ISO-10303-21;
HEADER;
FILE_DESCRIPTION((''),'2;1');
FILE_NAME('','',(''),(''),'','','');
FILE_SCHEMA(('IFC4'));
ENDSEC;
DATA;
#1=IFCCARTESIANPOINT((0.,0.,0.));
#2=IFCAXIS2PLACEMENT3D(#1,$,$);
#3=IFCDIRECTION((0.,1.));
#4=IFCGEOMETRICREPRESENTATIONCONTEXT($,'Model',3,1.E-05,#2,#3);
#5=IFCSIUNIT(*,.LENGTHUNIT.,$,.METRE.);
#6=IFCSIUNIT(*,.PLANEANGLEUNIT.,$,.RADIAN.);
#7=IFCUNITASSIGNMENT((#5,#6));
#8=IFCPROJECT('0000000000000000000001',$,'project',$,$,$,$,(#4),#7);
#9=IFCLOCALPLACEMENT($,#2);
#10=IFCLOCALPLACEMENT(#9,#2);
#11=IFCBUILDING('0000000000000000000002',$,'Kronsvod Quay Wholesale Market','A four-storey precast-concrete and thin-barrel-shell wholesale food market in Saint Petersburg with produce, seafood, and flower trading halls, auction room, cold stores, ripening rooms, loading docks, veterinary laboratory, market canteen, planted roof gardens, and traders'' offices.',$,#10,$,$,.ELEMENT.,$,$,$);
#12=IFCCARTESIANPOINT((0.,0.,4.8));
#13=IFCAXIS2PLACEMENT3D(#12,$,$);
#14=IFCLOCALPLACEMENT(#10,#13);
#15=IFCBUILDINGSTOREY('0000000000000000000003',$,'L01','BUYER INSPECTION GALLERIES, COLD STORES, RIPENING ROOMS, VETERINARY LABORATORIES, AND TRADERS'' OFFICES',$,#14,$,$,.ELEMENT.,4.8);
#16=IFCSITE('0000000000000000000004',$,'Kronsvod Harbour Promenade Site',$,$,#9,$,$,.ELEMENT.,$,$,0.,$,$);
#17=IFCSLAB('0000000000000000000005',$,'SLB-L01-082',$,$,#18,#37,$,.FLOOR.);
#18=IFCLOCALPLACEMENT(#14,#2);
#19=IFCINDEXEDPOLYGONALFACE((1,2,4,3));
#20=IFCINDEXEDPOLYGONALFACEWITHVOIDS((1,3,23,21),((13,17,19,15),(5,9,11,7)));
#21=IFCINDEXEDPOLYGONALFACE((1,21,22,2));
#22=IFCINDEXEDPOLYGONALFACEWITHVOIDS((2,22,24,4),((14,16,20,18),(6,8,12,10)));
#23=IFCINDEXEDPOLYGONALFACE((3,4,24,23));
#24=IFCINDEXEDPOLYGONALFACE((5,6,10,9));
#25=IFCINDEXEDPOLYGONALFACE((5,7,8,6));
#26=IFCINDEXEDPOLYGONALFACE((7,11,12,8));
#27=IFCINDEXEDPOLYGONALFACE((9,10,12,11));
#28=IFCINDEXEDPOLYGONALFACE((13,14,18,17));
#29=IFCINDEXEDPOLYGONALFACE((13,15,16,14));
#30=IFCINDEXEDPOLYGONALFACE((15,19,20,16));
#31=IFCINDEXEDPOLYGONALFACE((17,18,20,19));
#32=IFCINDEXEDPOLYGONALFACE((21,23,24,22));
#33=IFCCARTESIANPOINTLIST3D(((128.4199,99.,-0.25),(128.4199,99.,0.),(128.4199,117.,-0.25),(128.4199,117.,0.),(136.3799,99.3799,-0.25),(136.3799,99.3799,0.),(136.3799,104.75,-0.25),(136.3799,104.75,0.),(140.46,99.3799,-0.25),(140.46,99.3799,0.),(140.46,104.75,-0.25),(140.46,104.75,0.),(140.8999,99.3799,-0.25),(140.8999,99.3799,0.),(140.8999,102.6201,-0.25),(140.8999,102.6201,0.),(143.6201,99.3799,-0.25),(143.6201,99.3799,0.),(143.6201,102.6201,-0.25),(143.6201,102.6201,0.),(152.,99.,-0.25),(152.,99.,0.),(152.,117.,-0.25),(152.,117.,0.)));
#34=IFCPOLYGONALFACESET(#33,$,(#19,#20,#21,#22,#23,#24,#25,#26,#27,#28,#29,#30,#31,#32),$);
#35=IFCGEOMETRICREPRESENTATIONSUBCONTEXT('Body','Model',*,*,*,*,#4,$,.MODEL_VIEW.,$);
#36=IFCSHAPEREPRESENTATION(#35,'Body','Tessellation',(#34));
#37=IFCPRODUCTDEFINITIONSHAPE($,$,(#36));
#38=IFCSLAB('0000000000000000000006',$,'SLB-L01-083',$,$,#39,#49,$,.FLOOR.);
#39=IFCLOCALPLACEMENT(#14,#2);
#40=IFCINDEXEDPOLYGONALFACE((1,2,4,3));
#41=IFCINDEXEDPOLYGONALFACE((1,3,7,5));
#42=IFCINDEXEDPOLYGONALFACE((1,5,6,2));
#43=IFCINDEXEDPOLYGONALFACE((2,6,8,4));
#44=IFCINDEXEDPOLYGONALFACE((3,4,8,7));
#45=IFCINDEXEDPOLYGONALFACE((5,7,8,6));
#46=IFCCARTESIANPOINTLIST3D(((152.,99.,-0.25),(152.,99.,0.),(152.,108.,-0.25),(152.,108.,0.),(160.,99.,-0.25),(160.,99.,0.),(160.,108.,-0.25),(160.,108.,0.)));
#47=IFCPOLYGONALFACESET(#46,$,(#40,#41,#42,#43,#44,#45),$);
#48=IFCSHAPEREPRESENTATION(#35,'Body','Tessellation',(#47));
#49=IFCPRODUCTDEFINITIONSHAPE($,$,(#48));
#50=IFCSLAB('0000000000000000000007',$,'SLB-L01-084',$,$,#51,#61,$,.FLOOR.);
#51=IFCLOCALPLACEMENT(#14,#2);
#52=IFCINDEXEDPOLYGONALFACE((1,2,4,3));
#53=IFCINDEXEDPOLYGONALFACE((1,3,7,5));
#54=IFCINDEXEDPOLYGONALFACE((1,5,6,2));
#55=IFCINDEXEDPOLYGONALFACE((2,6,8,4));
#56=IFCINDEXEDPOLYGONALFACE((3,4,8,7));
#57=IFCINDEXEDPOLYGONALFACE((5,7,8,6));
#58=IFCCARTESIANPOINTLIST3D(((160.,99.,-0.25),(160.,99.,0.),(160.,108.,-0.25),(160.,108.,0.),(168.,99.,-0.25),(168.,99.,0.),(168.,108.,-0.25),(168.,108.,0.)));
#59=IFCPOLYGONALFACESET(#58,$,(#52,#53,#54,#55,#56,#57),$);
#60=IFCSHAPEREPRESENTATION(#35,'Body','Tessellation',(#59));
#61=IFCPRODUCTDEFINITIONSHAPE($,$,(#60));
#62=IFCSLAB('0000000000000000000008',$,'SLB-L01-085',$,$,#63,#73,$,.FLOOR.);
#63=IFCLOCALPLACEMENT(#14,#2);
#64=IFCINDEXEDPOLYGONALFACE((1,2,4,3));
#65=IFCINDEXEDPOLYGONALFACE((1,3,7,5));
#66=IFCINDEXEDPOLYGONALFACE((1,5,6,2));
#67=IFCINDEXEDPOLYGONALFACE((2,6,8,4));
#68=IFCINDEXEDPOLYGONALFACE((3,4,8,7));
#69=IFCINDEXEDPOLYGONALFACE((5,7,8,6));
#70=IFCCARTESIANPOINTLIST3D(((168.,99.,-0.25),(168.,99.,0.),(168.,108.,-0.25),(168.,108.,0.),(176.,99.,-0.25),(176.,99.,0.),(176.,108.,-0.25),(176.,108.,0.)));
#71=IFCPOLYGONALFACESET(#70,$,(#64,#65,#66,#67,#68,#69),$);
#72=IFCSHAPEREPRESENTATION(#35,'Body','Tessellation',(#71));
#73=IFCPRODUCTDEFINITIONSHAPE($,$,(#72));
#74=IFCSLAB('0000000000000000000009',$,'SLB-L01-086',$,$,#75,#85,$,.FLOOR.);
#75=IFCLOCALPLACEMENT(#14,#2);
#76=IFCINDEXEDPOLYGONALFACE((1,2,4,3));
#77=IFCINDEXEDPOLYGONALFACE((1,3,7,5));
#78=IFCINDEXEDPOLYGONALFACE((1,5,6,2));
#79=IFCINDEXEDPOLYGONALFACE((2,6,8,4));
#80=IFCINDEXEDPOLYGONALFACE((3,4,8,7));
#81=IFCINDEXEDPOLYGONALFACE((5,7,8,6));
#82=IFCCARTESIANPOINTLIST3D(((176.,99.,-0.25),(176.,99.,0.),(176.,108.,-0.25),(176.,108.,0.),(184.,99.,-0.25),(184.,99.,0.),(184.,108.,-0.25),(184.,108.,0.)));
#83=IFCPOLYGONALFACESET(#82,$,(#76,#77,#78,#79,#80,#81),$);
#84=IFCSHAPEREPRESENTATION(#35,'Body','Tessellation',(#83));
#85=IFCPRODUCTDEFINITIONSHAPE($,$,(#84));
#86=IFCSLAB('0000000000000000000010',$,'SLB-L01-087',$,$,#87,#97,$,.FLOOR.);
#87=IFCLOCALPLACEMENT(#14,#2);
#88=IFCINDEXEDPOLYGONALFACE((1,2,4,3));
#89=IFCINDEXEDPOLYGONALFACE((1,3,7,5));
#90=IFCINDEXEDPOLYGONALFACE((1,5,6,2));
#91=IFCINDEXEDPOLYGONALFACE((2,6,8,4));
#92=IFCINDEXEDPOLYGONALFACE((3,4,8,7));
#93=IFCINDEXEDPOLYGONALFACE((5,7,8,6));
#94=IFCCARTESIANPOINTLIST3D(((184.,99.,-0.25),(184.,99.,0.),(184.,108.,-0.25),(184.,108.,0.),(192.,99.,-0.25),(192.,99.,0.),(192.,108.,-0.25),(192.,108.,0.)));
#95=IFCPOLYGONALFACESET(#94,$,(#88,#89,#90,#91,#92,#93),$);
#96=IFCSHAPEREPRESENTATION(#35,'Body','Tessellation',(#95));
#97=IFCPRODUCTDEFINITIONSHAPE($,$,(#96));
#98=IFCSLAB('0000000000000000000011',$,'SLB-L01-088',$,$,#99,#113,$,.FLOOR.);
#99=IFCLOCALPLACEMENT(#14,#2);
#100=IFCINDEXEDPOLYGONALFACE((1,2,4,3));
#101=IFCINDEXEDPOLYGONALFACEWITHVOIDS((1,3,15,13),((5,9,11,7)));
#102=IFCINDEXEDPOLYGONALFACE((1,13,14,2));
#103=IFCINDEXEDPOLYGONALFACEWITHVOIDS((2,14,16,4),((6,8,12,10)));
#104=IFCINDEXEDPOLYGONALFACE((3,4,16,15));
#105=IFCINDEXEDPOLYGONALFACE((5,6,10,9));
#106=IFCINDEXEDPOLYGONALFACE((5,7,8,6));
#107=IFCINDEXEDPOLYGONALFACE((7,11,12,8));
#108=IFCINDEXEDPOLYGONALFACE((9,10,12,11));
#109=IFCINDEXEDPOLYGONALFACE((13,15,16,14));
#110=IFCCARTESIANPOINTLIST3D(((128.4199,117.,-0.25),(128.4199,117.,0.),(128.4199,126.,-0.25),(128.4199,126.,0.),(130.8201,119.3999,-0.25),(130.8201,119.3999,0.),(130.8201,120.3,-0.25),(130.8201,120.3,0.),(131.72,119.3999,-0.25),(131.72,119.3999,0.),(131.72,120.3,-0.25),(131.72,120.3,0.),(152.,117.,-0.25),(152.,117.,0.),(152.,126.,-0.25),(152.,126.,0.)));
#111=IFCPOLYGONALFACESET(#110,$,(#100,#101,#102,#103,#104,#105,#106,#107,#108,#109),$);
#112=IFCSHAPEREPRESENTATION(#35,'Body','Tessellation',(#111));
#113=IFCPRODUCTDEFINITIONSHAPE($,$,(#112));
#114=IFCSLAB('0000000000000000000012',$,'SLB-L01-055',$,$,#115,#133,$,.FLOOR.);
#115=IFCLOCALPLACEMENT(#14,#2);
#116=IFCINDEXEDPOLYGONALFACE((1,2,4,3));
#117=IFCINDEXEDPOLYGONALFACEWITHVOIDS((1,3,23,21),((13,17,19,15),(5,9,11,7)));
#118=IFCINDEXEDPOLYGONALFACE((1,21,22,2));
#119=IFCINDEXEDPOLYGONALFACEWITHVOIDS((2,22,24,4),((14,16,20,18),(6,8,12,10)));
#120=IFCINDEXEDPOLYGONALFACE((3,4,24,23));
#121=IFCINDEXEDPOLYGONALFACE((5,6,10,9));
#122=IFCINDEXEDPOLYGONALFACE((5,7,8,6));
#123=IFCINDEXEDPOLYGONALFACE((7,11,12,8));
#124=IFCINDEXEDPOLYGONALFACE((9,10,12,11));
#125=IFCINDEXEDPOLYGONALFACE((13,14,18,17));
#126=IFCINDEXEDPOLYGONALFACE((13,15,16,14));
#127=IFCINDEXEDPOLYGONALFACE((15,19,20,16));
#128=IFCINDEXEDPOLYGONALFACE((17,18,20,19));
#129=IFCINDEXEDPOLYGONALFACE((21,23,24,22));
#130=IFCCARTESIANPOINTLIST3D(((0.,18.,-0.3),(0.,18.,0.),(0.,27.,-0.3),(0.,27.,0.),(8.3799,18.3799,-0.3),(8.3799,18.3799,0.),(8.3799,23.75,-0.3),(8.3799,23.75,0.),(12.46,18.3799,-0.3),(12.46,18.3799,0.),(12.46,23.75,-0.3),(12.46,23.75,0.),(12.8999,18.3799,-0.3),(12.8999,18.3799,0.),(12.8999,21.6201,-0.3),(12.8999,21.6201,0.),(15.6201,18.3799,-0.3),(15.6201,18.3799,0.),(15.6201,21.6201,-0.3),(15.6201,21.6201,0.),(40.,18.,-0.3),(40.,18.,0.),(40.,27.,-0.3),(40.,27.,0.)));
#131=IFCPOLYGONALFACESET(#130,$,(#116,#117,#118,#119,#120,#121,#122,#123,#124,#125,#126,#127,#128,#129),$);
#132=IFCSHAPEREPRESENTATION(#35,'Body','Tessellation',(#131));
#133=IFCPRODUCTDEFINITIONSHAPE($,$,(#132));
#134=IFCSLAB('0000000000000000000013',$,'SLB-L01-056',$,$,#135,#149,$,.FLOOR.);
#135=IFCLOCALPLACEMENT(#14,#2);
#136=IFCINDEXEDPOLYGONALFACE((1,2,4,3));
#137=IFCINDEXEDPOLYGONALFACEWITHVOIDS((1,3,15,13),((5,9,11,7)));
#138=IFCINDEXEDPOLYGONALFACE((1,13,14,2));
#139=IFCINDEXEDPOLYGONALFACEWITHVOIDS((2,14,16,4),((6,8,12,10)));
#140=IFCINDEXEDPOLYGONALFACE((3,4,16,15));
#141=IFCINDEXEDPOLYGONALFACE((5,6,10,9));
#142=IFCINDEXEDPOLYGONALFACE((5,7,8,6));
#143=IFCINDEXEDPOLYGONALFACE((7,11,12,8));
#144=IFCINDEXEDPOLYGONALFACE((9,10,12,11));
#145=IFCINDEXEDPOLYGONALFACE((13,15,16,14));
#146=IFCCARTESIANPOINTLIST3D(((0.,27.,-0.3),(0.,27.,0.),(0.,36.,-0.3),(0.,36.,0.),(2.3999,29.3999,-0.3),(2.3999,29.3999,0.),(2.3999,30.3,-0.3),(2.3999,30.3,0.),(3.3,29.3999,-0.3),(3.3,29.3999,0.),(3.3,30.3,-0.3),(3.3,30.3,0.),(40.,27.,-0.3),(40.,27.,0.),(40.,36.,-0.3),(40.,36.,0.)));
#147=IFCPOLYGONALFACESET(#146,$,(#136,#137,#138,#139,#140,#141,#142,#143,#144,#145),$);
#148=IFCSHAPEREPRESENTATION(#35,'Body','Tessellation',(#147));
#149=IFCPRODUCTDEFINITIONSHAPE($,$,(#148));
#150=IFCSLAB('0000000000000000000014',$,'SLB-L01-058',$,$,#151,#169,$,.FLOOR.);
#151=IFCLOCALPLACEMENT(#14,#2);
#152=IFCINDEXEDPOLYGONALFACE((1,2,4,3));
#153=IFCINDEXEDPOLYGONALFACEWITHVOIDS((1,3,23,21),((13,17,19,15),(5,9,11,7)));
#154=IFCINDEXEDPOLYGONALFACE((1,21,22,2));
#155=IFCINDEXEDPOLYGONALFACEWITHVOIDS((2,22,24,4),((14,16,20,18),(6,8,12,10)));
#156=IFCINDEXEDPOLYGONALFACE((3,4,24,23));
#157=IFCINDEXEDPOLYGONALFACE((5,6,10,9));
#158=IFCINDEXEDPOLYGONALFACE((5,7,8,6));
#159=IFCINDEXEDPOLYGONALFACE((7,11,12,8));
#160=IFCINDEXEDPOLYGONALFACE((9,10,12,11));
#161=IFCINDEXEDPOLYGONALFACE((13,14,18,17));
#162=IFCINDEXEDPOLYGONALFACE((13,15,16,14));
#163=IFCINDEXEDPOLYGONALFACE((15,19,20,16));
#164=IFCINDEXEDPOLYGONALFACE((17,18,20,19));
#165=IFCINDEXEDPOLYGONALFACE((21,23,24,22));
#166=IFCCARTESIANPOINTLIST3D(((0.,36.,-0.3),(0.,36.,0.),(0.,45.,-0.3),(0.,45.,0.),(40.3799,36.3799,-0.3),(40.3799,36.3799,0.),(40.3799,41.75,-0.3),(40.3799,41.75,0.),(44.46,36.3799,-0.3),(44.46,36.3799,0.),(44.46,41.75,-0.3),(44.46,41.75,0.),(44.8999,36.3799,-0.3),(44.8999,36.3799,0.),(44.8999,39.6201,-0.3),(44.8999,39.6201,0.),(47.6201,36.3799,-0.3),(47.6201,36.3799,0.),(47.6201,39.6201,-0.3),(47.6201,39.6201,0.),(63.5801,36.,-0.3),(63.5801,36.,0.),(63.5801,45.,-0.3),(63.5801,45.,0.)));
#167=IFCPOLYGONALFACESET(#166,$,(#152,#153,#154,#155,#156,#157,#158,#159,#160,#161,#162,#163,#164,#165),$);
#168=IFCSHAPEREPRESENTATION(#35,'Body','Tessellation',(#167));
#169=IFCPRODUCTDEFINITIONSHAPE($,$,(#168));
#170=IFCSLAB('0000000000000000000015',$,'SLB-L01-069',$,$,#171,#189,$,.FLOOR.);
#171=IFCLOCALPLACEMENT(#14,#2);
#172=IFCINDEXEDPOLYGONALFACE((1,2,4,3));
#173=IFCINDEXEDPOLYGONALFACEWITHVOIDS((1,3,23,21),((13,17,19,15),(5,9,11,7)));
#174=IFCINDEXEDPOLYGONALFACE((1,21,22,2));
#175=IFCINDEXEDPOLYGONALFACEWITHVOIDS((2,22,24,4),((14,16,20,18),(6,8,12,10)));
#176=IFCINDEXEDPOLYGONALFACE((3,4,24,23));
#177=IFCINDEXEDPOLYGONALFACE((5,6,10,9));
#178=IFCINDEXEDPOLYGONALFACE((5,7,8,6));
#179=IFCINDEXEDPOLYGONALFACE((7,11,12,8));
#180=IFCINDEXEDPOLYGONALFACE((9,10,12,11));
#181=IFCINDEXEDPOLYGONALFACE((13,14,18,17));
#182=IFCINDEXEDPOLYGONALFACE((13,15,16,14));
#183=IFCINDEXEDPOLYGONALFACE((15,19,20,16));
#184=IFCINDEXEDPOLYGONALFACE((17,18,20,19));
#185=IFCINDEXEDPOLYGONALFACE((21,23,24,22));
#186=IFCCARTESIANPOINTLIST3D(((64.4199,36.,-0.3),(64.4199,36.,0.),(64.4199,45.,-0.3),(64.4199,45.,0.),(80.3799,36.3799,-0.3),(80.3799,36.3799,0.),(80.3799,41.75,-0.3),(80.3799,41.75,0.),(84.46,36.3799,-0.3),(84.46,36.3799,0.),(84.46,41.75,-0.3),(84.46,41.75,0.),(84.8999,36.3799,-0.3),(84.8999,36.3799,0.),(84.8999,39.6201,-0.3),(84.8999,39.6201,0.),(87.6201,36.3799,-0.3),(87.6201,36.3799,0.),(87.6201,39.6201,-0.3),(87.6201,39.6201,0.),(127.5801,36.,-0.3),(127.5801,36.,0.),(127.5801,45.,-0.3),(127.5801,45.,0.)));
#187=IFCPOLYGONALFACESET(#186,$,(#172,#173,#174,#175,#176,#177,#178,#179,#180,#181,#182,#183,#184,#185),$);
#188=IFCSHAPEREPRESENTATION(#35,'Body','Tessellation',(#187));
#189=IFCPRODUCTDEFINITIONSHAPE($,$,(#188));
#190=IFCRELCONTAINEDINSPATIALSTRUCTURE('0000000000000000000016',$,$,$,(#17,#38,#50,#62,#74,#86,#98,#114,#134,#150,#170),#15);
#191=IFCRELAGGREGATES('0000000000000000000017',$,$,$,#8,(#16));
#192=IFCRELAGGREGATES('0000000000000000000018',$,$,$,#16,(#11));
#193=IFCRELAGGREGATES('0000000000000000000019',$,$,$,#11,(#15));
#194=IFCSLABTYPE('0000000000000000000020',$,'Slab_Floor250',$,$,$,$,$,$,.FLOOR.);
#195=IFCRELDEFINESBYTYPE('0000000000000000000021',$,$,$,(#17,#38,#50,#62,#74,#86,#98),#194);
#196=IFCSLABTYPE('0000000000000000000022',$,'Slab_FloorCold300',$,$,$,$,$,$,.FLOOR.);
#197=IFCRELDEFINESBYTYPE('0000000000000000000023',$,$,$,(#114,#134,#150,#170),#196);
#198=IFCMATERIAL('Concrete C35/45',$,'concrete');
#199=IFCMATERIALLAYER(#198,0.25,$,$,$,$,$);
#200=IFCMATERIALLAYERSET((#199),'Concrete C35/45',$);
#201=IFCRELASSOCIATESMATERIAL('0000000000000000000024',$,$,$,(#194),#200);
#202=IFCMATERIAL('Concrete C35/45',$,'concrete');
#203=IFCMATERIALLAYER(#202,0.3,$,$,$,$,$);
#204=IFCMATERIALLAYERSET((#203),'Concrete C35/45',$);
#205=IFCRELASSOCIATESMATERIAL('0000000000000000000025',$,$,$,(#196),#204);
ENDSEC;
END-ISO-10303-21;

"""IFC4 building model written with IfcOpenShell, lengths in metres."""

from ifc_helpers import new_model, si_unit, direction, frame, origin, place, context, subcontext, project, spatial, polyline, outline, extrude, material, layer, layer_set, type_object, element, save


model = new_model("IFC4")

# Units and contexts
model_context = context("Model", 3, precision=1e-05, world=origin(), true_north=direction((0.0, 1.0)))
body_context = subcontext(model_context, "Body", "Model", "MODEL_VIEW")
ifc_project = project(units=[si_unit("LENGTHUNIT", "METRE"), si_unit("PLANEANGLEUNIT", "RADIAN")], contexts=[model_context])

# Site, building, storey
site_placement = place(None, origin())
site = spatial("IfcSite", under=ifc_project, at=site_placement, Name="Kronsvod Harbour Promenade Site", CompositionType="ELEMENT", RefElevation=0.0)
building_placement = place(site_placement, origin())
building = spatial("IfcBuilding", under=site, at=building_placement, Name="Kronsvod Quay Wholesale Market", Description="A four-storey precast-concrete and thin-barrel-shell wholesale food market in Saint Petersburg with produce, seafood, and flower trading halls, auction room, cold stores, ripening rooms, loading docks, veterinary laboratory, market canteen, planted roof gardens, and traders' offices.", CompositionType="ELEMENT")
storey_placement = place(building_placement, frame((0.0, 0.0, 4.8)))
storey = spatial("IfcBuildingStorey", under=building, at=storey_placement, Name="L01", Description="BUYER INSPECTION GALLERIES, COLD STORES, RIPENING ROOMS, VETERINARY LABORATORIES, AND TRADERS' OFFICES", CompositionType="ELEMENT", Elevation=4.8)

# Slabs
ifc_material_1 = material(Name="Concrete C35/45", Category="concrete")
ifc_layer_1 = layer(ifc_material_1, 0.25)
ifc_layer_set_1 = layer_set([ifc_layer_1], Name="Concrete C35/45")
slab_type_1 = type_object("IfcSlabType", Name="Slab_Floor250", PredefinedType="FLOOR", material=ifc_layer_set_1)
slab_1_placement = place(storey_placement, frame((0.0, 0.0, -0.25)))
element("IfcSlab", 1, at=slab_1_placement, inside=storey, type_object=slab_type_1, Name="SLB-L01-082", PredefinedType="FLOOR", context=body_context, shape_type="SweptSolid", body=[
    extrude(outline(polyline([(128.4199, 99.0), (152.0, 99.0), (152.0, 117.0), (128.4199, 117.0), (128.4199, 99.0)]), holes=[polyline([(136.3799, 99.3799), (140.46, 99.3799), (140.46, 104.75), (136.3799, 104.75), (136.3799, 99.3799)]), polyline([(140.8999, 99.3799), (143.6201, 99.3799), (143.6201, 102.6201), (140.8999, 102.6201), (140.8999, 99.3799)])]), origin(), (0.0, 0.0, 1.0), 0.25),
])
slab_2_placement = place(storey_placement, frame((0.0, 0.0, -0.25)))
element("IfcSlab", 2, at=slab_2_placement, inside=storey, type_object=slab_type_1, Name="SLB-L01-083", PredefinedType="FLOOR", context=body_context, shape_type="SweptSolid", body=[
    extrude(outline(polyline([(152.0, 99.0), (160.0, 99.0), (160.0, 108.0), (152.0, 108.0), (152.0, 99.0)])), origin(), (0.0, 0.0, 1.0), 0.25),
])
slab_3_placement = place(storey_placement, frame((0.0, 0.0, -0.25)))
element("IfcSlab", 3, at=slab_3_placement, inside=storey, type_object=slab_type_1, Name="SLB-L01-084", PredefinedType="FLOOR", context=body_context, shape_type="SweptSolid", body=[
    extrude(outline(polyline([(160.0, 99.0), (168.0, 99.0), (168.0, 108.0), (160.0, 108.0), (160.0, 99.0)])), origin(), (0.0, 0.0, 1.0), 0.25),
])
slab_4_placement = place(storey_placement, frame((0.0, 0.0, -0.25)))
element("IfcSlab", 4, at=slab_4_placement, inside=storey, type_object=slab_type_1, Name="SLB-L01-085", PredefinedType="FLOOR", context=body_context, shape_type="SweptSolid", body=[
    extrude(outline(polyline([(168.0, 99.0), (176.0, 99.0), (176.0, 108.0), (168.0, 108.0), (168.0, 99.0)])), origin(), (0.0, 0.0, 1.0), 0.25),
])
slab_5_placement = place(storey_placement, frame((0.0, 0.0, -0.25)))
element("IfcSlab", 5, at=slab_5_placement, inside=storey, type_object=slab_type_1, Name="SLB-L01-086", PredefinedType="FLOOR", context=body_context, shape_type="SweptSolid", body=[
    extrude(outline(polyline([(176.0, 99.0), (184.0, 99.0), (184.0, 108.0), (176.0, 108.0), (176.0, 99.0)])), origin(), (0.0, 0.0, 1.0), 0.25),
])
slab_6_placement = place(storey_placement, frame((0.0, 0.0, -0.25)))
element("IfcSlab", 6, at=slab_6_placement, inside=storey, type_object=slab_type_1, Name="SLB-L01-087", PredefinedType="FLOOR", context=body_context, shape_type="SweptSolid", body=[
    extrude(outline(polyline([(184.0, 99.0), (192.0, 99.0), (192.0, 108.0), (184.0, 108.0), (184.0, 99.0)])), origin(), (0.0, 0.0, 1.0), 0.25),
])
slab_7_placement = place(storey_placement, frame((0.0, 0.0, -0.25)))
element("IfcSlab", 7, at=slab_7_placement, inside=storey, type_object=slab_type_1, Name="SLB-L01-088", PredefinedType="FLOOR", context=body_context, shape_type="SweptSolid", body=[
    extrude(outline(polyline([(128.4199, 117.0), (152.0, 117.0), (152.0, 126.0), (128.4199, 126.0), (128.4199, 117.0)]), holes=[polyline([(130.8201, 119.3999), (131.72, 119.3999), (131.72, 120.3), (130.8201, 120.3), (130.8201, 119.3999)])]), origin(), (0.0, 0.0, 1.0), 0.25),
])
ifc_material_2 = material(Name="Concrete C35/45", Category="concrete")
ifc_layer_2 = layer(ifc_material_2, 0.3)
ifc_layer_set_2 = layer_set([ifc_layer_2], Name="Concrete C35/45")
slab_type_2 = type_object("IfcSlabType", Name="Slab_FloorCold300", PredefinedType="FLOOR", material=ifc_layer_set_2)
slab_8_placement = place(storey_placement, frame((0.0, 0.0, -0.3)))
element("IfcSlab", 8, at=slab_8_placement, inside=storey, type_object=slab_type_2, Name="SLB-L01-055", PredefinedType="FLOOR", context=body_context, shape_type="SweptSolid", body=[
    extrude(outline(polyline([(0.0, 18.0), (40.0, 18.0), (40.0, 27.0), (0.0, 27.0), (0.0, 18.0)]), holes=[polyline([(8.3799, 18.3799), (12.46, 18.3799), (12.46, 23.75), (8.3799, 23.75), (8.3799, 18.3799)]), polyline([(12.8999, 18.3799), (15.6201, 18.3799), (15.6201, 21.6201), (12.8999, 21.6201), (12.8999, 18.3799)])]), origin(), (0.0, 0.0, 1.0), 0.3),
])
slab_9_placement = place(storey_placement, frame((0.0, 0.0, -0.3)))
element("IfcSlab", 9, at=slab_9_placement, inside=storey, type_object=slab_type_2, Name="SLB-L01-056", PredefinedType="FLOOR", context=body_context, shape_type="SweptSolid", body=[
    extrude(outline(polyline([(0.0, 27.0), (40.0, 27.0), (40.0, 36.0), (0.0, 36.0), (0.0, 27.0)]), holes=[polyline([(2.3999, 29.3999), (3.3, 29.3999), (3.3, 30.3), (2.3999, 30.3), (2.3999, 29.3999)])]), origin(), (0.0, 0.0, 1.0), 0.3),
])
slab_10_placement = place(storey_placement, frame((0.0, 0.0, -0.3)))
element("IfcSlab", 10, at=slab_10_placement, inside=storey, type_object=slab_type_2, Name="SLB-L01-058", PredefinedType="FLOOR", context=body_context, shape_type="SweptSolid", body=[
    extrude(outline(polyline([(0.0, 36.0), (63.5801, 36.0), (63.5801, 45.0), (0.0, 45.0), (0.0, 36.0)]), holes=[polyline([(40.3799, 36.3799), (44.46, 36.3799), (44.46, 41.75), (40.3799, 41.75), (40.3799, 36.3799)]), polyline([(44.8999, 36.3799), (47.6201, 36.3799), (47.6201, 39.6201), (44.8999, 39.6201), (44.8999, 36.3799)])]), origin(), (0.0, 0.0, 1.0), 0.3),
])
slab_11_placement = place(storey_placement, frame((0.0, 0.0, -0.3)))
element("IfcSlab", 11, at=slab_11_placement, inside=storey, type_object=slab_type_2, Name="SLB-L01-069", PredefinedType="FLOOR", context=body_context, shape_type="SweptSolid", body=[
    extrude(outline(polyline([(64.4199, 36.0), (127.5801, 36.0), (127.5801, 45.0), (64.4199, 45.0), (64.4199, 36.0)]), holes=[polyline([(80.3799, 36.3799), (84.46, 36.3799), (84.46, 41.75), (80.3799, 41.75), (80.3799, 36.3799)]), polyline([(84.8999, 36.3799), (87.6201, 36.3799), (87.6201, 39.6201), (84.8999, 39.6201), (84.8999, 36.3799)])]), origin(), (0.0, 0.0, 1.0), 0.3),
])

save(model, "model.ifc")
